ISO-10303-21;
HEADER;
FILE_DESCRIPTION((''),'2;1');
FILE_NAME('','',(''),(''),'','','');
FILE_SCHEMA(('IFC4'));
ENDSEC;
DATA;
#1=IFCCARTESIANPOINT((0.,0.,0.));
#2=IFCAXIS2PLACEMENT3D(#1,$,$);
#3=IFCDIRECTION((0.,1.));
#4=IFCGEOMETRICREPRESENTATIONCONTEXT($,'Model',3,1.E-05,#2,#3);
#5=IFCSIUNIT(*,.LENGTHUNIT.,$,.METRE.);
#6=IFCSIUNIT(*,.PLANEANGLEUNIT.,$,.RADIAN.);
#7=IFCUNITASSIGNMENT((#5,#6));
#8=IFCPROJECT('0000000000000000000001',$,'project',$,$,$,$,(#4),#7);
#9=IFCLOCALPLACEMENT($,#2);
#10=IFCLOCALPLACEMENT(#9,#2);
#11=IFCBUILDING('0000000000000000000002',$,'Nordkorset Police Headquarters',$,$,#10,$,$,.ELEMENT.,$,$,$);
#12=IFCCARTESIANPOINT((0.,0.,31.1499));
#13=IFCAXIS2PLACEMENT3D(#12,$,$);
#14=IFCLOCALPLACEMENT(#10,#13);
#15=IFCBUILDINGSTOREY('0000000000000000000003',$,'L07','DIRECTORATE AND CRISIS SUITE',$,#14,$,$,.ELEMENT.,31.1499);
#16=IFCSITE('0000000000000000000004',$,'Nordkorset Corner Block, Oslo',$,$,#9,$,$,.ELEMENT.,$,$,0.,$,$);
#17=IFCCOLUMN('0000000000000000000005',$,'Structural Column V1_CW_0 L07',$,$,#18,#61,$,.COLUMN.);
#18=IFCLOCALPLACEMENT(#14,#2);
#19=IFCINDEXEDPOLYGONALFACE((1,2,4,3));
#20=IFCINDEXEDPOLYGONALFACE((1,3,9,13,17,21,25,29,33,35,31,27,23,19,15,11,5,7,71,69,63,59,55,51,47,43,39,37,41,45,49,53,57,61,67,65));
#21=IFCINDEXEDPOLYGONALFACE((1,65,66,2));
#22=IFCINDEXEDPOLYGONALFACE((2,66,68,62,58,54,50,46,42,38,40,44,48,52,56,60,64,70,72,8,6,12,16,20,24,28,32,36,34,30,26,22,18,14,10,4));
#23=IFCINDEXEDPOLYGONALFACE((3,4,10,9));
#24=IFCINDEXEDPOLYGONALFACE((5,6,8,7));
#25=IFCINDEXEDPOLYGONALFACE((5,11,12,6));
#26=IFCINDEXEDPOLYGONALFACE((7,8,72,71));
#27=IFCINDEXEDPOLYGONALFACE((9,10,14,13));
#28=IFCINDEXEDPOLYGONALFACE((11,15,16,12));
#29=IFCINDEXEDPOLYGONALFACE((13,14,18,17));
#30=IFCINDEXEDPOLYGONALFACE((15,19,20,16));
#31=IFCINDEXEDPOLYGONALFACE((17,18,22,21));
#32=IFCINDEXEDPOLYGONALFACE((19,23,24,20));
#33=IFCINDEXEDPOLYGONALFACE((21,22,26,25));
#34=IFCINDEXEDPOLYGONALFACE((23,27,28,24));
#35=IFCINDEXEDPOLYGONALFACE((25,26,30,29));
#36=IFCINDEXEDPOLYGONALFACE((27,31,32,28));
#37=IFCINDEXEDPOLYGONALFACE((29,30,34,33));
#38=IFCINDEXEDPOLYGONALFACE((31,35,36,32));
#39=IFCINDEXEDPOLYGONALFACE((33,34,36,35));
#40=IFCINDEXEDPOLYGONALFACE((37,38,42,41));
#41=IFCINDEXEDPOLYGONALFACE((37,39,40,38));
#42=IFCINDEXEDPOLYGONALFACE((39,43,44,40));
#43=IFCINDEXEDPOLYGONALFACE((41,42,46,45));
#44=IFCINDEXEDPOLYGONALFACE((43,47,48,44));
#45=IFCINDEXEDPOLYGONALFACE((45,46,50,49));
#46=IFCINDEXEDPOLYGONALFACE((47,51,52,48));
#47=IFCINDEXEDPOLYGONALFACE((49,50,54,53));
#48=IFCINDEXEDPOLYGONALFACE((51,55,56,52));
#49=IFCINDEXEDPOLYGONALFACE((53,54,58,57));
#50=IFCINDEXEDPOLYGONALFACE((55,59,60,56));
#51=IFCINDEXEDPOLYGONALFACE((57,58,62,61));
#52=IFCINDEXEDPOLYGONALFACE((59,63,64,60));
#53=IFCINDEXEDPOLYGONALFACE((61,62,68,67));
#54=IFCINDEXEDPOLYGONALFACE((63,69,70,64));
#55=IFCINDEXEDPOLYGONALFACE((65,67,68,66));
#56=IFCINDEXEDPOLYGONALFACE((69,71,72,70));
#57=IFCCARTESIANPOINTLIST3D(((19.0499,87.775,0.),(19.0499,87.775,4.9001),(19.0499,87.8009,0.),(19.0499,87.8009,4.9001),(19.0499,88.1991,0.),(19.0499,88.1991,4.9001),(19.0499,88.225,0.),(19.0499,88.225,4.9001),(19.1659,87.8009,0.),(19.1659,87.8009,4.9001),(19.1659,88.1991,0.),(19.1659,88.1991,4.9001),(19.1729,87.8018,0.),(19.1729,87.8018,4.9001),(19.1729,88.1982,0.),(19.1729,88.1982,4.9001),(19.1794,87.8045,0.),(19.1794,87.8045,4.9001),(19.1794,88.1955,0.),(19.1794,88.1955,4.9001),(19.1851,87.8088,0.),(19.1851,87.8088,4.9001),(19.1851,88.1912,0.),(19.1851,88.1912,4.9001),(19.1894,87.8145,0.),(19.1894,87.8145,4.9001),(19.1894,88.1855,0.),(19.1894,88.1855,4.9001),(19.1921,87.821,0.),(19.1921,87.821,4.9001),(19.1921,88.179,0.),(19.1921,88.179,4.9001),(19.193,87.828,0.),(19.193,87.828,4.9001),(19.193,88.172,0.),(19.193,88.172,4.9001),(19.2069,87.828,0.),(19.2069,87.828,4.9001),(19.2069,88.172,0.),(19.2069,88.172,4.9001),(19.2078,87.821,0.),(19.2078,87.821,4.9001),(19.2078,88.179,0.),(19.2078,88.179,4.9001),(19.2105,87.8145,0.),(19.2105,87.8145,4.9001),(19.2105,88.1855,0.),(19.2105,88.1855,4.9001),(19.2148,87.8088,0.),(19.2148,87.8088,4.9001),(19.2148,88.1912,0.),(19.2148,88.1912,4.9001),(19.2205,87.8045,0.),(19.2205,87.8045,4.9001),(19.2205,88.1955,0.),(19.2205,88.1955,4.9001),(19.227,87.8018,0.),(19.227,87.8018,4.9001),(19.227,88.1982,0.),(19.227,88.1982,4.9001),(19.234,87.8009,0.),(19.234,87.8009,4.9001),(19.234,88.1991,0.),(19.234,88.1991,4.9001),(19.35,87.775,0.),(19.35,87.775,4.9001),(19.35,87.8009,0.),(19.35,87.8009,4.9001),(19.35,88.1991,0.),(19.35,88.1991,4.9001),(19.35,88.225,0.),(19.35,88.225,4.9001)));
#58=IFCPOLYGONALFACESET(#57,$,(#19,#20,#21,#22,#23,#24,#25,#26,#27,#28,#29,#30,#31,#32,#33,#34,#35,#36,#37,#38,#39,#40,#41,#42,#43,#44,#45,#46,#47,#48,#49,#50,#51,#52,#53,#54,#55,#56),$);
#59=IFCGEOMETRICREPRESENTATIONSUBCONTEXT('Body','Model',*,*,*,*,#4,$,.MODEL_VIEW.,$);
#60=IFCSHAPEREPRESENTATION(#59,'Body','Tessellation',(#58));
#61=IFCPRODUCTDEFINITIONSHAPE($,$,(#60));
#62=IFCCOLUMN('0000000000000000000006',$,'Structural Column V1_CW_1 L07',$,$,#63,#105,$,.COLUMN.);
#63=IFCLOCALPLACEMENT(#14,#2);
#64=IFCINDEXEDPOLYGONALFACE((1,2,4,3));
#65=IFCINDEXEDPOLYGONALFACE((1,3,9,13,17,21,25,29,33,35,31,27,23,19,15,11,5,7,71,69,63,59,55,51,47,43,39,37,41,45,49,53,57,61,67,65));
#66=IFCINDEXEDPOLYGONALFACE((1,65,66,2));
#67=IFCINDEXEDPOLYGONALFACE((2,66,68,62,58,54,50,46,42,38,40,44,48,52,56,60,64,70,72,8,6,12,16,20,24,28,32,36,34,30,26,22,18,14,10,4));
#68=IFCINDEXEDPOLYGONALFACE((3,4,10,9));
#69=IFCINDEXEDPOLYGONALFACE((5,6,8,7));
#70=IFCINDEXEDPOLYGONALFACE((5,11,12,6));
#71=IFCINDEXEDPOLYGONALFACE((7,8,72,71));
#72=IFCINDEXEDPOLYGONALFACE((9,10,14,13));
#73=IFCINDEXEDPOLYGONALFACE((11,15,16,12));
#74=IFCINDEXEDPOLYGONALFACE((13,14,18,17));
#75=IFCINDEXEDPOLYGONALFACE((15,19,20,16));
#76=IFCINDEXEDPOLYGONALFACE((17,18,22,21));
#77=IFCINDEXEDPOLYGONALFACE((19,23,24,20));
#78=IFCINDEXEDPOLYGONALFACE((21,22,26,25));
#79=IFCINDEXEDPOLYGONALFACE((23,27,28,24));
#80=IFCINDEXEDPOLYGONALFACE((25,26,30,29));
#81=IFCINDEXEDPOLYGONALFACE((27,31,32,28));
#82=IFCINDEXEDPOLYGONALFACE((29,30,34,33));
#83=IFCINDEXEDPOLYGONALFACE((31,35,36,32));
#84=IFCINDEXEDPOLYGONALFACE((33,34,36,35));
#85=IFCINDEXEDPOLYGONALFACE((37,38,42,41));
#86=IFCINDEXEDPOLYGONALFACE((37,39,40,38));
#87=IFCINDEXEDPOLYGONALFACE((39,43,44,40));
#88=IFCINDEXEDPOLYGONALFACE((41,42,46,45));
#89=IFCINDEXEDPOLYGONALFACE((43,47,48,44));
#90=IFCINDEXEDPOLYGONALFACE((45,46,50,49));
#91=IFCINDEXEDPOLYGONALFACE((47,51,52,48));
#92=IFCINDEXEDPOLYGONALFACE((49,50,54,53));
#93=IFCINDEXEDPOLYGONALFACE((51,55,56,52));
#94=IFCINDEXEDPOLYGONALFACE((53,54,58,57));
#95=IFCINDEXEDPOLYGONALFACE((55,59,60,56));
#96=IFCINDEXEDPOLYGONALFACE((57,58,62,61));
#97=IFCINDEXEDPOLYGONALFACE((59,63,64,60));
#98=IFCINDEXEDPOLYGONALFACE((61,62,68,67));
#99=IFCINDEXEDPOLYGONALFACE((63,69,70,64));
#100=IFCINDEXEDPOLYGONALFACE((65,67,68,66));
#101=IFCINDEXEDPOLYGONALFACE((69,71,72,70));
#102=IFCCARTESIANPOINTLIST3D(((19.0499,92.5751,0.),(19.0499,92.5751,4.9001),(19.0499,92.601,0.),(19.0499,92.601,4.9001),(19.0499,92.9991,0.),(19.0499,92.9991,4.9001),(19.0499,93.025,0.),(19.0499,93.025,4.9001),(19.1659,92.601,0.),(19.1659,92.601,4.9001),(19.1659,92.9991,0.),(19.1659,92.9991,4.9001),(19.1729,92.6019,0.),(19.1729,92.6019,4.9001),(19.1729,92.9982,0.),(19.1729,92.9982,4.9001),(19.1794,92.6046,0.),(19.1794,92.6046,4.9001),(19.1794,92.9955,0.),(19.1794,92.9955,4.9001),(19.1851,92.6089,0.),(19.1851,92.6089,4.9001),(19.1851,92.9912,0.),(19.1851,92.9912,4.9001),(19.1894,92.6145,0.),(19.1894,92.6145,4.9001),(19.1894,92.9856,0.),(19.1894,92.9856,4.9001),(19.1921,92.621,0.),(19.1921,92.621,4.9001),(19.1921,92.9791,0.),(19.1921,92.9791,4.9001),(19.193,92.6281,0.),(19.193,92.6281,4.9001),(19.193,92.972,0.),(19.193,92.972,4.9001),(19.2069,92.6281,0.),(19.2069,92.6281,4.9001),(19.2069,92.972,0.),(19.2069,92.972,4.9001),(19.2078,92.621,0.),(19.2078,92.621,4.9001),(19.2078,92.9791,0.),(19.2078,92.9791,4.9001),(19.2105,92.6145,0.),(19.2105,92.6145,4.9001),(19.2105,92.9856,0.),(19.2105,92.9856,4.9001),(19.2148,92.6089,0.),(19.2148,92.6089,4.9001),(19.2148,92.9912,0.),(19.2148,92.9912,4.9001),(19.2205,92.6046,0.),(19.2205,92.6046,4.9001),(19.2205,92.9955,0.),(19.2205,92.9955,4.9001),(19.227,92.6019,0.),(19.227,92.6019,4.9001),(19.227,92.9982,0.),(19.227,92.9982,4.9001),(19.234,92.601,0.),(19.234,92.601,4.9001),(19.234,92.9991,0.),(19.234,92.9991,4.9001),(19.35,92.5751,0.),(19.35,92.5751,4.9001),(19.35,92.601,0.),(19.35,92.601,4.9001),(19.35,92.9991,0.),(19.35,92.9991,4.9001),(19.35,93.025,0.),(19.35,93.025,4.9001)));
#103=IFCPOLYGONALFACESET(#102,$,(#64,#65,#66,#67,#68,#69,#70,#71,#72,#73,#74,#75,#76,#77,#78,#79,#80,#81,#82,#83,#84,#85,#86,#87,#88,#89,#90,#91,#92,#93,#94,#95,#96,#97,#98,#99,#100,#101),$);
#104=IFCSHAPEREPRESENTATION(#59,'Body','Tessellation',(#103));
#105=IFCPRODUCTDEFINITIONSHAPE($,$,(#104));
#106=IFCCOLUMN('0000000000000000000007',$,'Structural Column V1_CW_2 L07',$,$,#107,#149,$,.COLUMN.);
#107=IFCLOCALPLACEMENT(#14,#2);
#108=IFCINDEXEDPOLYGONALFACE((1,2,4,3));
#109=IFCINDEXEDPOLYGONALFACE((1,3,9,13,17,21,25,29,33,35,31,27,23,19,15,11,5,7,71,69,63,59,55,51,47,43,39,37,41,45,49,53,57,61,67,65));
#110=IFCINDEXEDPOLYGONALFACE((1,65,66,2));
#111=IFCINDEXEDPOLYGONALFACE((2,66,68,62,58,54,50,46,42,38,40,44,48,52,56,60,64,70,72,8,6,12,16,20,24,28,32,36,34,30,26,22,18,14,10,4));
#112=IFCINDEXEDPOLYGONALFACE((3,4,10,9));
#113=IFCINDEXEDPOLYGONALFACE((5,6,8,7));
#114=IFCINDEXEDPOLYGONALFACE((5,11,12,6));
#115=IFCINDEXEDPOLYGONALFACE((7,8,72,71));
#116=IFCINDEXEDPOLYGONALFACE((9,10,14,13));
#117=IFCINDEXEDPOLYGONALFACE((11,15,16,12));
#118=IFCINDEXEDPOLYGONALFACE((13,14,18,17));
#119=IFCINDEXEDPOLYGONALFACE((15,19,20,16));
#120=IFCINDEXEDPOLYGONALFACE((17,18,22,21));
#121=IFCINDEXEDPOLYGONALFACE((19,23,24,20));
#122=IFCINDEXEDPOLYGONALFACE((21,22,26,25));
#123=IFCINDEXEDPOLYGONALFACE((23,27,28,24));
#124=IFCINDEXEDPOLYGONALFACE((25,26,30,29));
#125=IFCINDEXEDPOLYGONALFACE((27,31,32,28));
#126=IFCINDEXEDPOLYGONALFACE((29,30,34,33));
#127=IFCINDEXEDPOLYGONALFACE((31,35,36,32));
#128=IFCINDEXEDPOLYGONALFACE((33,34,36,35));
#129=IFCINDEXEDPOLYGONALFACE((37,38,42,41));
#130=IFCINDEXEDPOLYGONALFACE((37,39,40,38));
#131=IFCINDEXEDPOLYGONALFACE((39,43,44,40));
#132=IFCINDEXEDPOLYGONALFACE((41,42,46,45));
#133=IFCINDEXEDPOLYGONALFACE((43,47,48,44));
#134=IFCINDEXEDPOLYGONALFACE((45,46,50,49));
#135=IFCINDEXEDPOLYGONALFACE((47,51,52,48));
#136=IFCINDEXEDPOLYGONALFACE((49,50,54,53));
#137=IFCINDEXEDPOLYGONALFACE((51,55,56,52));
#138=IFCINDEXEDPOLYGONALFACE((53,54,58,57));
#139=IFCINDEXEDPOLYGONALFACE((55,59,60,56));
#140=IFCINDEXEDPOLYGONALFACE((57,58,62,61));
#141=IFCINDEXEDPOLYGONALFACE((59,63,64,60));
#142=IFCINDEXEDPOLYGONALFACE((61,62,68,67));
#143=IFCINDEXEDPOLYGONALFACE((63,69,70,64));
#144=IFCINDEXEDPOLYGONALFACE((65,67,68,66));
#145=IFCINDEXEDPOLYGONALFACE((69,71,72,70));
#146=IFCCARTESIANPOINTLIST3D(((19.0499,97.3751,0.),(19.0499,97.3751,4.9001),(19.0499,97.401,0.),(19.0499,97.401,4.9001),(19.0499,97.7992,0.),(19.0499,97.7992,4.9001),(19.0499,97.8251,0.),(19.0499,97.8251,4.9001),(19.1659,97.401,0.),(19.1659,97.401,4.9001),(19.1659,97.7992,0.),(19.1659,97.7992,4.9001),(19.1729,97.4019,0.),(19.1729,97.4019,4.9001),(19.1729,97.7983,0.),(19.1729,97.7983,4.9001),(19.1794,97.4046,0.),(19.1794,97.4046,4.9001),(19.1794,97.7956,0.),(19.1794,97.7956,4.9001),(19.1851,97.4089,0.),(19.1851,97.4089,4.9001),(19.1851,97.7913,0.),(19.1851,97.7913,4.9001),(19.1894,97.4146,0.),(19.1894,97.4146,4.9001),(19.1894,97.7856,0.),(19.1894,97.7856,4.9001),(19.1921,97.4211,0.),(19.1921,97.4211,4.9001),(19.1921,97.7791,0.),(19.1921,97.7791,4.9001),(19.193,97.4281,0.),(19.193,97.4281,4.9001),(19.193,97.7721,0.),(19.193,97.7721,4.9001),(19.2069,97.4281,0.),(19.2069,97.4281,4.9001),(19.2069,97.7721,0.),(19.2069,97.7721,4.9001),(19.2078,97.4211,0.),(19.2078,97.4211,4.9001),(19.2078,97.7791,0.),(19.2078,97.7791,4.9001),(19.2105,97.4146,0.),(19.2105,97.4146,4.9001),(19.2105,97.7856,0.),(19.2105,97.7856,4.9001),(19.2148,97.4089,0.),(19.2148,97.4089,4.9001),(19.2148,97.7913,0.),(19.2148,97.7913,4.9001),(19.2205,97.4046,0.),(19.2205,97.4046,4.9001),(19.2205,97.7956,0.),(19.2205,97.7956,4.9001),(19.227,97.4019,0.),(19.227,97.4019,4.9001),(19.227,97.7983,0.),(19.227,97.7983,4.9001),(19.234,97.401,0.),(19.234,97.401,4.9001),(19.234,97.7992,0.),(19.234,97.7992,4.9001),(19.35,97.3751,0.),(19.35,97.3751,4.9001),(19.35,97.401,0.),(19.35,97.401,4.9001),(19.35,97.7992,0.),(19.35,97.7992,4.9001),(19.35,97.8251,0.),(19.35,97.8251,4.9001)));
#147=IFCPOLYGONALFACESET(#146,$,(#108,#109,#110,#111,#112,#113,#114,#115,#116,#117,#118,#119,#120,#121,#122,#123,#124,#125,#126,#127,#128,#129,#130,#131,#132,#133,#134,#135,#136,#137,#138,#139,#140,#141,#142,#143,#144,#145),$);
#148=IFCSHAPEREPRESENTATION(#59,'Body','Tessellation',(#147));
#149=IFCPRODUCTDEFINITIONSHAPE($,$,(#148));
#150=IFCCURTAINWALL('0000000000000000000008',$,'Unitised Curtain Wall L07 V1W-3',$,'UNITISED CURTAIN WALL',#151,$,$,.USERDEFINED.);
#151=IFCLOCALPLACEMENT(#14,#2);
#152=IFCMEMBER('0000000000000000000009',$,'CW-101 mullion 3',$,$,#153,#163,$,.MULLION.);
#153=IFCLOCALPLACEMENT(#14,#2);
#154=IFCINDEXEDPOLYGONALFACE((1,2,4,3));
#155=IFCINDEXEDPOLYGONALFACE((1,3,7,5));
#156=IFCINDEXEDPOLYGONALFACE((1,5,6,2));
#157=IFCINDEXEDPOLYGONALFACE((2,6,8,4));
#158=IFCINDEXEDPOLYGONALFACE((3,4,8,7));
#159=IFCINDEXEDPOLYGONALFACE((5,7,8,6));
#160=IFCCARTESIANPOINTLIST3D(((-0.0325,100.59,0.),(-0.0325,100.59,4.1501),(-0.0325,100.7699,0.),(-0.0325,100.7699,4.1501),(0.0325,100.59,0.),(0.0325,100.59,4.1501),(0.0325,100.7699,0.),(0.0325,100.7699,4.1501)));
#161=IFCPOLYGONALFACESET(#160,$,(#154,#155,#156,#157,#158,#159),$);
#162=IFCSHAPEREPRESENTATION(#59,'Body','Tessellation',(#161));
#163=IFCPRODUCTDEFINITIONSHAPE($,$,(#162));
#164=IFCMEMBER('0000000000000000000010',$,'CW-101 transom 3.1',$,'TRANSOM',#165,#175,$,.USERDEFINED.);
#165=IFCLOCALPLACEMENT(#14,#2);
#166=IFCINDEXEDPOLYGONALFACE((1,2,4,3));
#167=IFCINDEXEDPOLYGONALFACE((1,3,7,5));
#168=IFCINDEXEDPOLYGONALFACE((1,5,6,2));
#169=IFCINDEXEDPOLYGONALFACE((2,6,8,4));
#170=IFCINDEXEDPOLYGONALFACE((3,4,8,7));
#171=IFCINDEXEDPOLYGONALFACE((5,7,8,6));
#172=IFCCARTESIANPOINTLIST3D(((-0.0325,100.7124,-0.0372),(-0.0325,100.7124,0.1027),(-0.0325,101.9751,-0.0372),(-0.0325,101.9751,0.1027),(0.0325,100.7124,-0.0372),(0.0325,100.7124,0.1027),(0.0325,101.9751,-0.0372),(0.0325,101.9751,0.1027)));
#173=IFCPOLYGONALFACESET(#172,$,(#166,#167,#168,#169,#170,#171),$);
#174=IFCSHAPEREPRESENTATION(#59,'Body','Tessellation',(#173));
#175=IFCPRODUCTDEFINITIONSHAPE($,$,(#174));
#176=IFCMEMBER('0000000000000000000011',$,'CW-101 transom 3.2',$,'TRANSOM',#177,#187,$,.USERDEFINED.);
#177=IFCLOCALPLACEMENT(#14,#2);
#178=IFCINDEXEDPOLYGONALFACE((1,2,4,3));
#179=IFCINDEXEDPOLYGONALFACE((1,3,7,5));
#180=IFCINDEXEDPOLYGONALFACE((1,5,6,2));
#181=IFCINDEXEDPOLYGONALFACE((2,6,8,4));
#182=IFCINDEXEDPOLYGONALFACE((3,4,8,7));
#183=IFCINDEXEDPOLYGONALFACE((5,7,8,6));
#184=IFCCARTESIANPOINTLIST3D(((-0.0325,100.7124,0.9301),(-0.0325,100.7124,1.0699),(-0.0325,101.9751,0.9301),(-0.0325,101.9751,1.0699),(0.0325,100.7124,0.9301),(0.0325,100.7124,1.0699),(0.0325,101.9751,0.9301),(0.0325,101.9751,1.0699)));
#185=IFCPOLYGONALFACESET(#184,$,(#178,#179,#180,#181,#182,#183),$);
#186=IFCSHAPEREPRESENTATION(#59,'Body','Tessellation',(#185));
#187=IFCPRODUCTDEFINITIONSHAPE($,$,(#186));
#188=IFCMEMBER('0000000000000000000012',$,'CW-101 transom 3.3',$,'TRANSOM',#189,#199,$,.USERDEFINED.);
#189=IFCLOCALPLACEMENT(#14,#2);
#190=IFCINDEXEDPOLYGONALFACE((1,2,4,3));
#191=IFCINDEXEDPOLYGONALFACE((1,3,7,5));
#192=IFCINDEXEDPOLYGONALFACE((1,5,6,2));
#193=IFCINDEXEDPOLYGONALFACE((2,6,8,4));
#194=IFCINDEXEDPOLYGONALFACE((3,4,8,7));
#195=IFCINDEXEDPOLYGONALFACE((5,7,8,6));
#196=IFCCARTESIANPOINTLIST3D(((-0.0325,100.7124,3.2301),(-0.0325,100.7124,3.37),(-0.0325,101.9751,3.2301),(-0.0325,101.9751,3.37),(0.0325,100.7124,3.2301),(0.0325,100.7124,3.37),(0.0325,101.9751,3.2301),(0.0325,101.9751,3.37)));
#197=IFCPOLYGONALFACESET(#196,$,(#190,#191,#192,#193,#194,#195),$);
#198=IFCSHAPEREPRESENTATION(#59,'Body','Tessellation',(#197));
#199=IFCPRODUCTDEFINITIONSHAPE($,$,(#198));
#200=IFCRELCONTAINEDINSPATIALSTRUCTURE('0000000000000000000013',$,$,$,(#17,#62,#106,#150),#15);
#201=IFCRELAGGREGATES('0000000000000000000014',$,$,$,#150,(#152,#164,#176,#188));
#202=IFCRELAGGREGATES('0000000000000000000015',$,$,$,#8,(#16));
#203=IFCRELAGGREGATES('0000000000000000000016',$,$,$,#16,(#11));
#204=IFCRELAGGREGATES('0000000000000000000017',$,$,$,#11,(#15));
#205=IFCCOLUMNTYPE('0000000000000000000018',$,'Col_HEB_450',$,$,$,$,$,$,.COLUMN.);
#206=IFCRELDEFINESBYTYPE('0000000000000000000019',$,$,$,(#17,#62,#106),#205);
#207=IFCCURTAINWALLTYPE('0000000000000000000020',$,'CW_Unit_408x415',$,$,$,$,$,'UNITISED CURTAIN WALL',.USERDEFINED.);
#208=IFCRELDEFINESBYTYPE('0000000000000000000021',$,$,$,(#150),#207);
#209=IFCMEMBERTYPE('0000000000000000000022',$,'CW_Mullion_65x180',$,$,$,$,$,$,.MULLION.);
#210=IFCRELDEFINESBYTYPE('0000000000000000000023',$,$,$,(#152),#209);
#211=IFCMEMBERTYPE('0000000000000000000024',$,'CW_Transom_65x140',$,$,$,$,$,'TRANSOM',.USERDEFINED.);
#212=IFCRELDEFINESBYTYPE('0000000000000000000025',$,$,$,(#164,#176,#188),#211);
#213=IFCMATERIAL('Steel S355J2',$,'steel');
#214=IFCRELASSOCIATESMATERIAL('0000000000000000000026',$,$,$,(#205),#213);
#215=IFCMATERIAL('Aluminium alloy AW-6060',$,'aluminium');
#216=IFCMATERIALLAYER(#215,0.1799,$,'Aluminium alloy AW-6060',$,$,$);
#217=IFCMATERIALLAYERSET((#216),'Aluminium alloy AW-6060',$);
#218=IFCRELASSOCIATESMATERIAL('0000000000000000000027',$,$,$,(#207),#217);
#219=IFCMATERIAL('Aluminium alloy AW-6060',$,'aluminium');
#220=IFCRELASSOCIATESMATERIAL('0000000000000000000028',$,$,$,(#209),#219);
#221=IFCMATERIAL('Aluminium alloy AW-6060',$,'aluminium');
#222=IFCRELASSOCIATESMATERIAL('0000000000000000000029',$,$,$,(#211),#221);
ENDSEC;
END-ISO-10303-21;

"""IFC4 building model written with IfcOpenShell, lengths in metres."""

from ifc_helpers import new_model, si_unit, direction, frame, origin, origin_2d, place, context, subcontext, project, spatial, rectangle, i_section, extrude, material, layer, layer_set, material_profile, profile_set, type_object, element, aggregate, save


model = new_model("IFC4")

# Units and contexts
model_context = context("Model", 3, precision=1e-05, world=origin(), true_north=direction((0.0, 1.0)))
body_context = subcontext(model_context, "Body", "Model", "MODEL_VIEW")
ifc_project = project(units=[si_unit("LENGTHUNIT", "METRE"), si_unit("PLANEANGLEUNIT", "RADIAN")], contexts=[model_context])

# Site, building, storey
site_placement = place(None, origin())
site = spatial("IfcSite", under=ifc_project, at=site_placement, Name="Nordkorset Corner Block, Oslo", CompositionType="ELEMENT", RefElevation=0.0)
building_placement = place(site_placement, origin())
building = spatial("IfcBuilding", under=site, at=building_placement, Name="Nordkorset Police Headquarters", CompositionType="ELEMENT")
storey_placement = place(building_placement, frame((0.0, 0.0, 31.1499)))
storey = spatial("IfcBuildingStorey", under=building, at=storey_placement, Name="L07", Description="DIRECTORATE AND CRISIS SUITE", CompositionType="ELEMENT", Elevation=31.1499)

# Columns
ifc_material_1 = material(Name="Steel S355J2", Category="steel")
ifc_material_profile_1 = material_profile(ifc_material_1, i_section(OverallWidth=0.3, OverallDepth=0.45, WebThickness=0.0139, FlangeThickness=0.0259, FilletRadius=0.0271, at=origin_2d()), Name="HEB 450")
ifc_profile_set_1 = profile_set([ifc_material_profile_1], Name="Steel S355J2")
column_type = type_object("IfcColumnType", Name="Col_HEB_450", PredefinedType="COLUMN", material=ifc_profile_set_1)
for number, where, z_axis, x_axis, name in (
    (1, (19.2, 88.0, 0.0), (0.0, 0.0, 1.0), (1.0, 0.0, 0.0), "Structural Column V1_CW_0 L07"),
    (2, (19.2, 92.8, 0.0), (0.0, 0.0, 1.0), (1.0, 0.0, 0.0), "Structural Column V1_CW_1 L07"),
    (3, (19.2, 97.6001, 0.0), (0.0, 0.0, 1.0), (1.0, 0.0, 0.0), "Structural Column V1_CW_2 L07"),
):
    element("IfcColumn", number, at=place(storey_placement, frame(where, z_axis=z_axis, x_axis=x_axis)), inside=storey, type_object=column_type, Name=name, PredefinedType="COLUMN", context=body_context, shape_type="SweptSolid", body=[
        extrude(i_section(OverallWidth=0.3, OverallDepth=0.45, WebThickness=0.0139, FlangeThickness=0.0259, FilletRadius=0.0271, at=origin_2d()), origin(), (0.0, 0.0, 1.0), 4.9001),
    ])

# Curtain wall, members
ifc_material_2 = material(Name="Aluminium alloy AW-6060", Category="aluminium")
ifc_layer_1 = layer(ifc_material_2, 0.1799, Name="Aluminium alloy AW-6060")
ifc_layer_set_1 = layer_set([ifc_layer_1], Name="Aluminium alloy AW-6060")
curtain_wall_type = type_object("IfcCurtainWallType", Name="CW_Unit_408x415", ElementType="UNITISED CURTAIN WALL", PredefinedType="USERDEFINED", material=ifc_layer_set_1)
curtain_wall_placement = place(storey_placement, origin())
curtain_wall = element("IfcCurtainWall", 4, at=curtain_wall_placement, inside=storey, type_object=curtain_wall_type, Name="Unitised Curtain Wall L07 V1W-3", ObjectType="UNITISED CURTAIN WALL", PredefinedType="USERDEFINED")
ifc_material_3 = material(Name="Aluminium alloy AW-6060", Category="aluminium")
ifc_material_profile_2 = material_profile(ifc_material_3, rectangle(XDim=0.0649, YDim=0.1799, at=origin_2d()), Name="ALU MULL 65x180")
ifc_profile_set_2 = profile_set([ifc_material_profile_2], Name="Aluminium alloy AW-6060")
member_type_1 = type_object("IfcMemberType", Name="CW_Mullion_65x180", PredefinedType="MULLION", material=ifc_profile_set_2)
member_1_placement = place(storey_placement, frame((0.0, 100.6799, 0.0), z_axis=(0.0, 0.0, 1.0), x_axis=(-1.0, 0.0, 0.0)))
member_1 = element("IfcMember", 5, at=member_1_placement, type_object=member_type_1, Name="CW-101 mullion 3", PredefinedType="MULLION", context=body_context, shape_type="SweptSolid", body=[
    extrude(rectangle(XDim=0.0649, YDim=0.1799, at=origin_2d()), origin(), (0.0, 0.0, 1.0), 4.1501),
])
ifc_material_4 = material(Name="Aluminium alloy AW-6060", Category="aluminium")
ifc_material_profile_3 = material_profile(ifc_material_4, rectangle(XDim=0.0649, YDim=0.1399, at=origin_2d()), Name="ALU TRAN 65x140")
ifc_profile_set_3 = profile_set([ifc_material_profile_3], Name="Aluminium alloy AW-6060")
member_type_2 = type_object("IfcMemberType", Name="CW_Transom_65x140", ElementType="TRANSOM", PredefinedType="USERDEFINED", material=ifc_profile_set_3)
member_2_placement = place(storey_placement, frame((0.0, 100.7124, 0.0327), z_axis=(0.0, 1.0, 0.0), x_axis=(-1.0, 0.0, 0.0)))
member_2 = element("IfcMember", 6, at=member_2_placement, type_object=member_type_2, Name="CW-101 transom 3.1", ObjectType="TRANSOM", PredefinedType="USERDEFINED", context=body_context, shape_type="SweptSolid", body=[
    extrude(rectangle(XDim=0.0649, YDim=0.1399, at=origin_2d()), origin(), (0.0, 0.0, 1.0), 1.2627),
])
member_3_placement = place(storey_placement, frame((0.0, 100.7124, 1.0), z_axis=(0.0, 1.0, 0.0), x_axis=(-1.0, 0.0, 0.0)))
member_3 = element("IfcMember", 7, at=member_3_placement, type_object=member_type_2, Name="CW-101 transom 3.2", ObjectType="TRANSOM", PredefinedType="USERDEFINED", context=body_context, shape_type="SweptSolid", body=[
    extrude(rectangle(XDim=0.0649, YDim=0.1399, at=origin_2d()), origin(), (0.0, 0.0, 1.0), 1.2627),
])
member_4_placement = place(storey_placement, frame((0.0, 100.7124, 3.3), z_axis=(0.0, 1.0, 0.0), x_axis=(-1.0, 0.0, 0.0)))
member_4 = element("IfcMember", 8, at=member_4_placement, type_object=member_type_2, Name="CW-101 transom 3.3", ObjectType="TRANSOM", PredefinedType="USERDEFINED", context=body_context, shape_type="SweptSolid", body=[
    extrude(rectangle(XDim=0.0649, YDim=0.1399, at=origin_2d()), origin(), (0.0, 0.0, 1.0), 1.2627),
])

aggregate(curtain_wall, [member_1, member_2, member_3, member_4])

save(model, "model.ifc")
